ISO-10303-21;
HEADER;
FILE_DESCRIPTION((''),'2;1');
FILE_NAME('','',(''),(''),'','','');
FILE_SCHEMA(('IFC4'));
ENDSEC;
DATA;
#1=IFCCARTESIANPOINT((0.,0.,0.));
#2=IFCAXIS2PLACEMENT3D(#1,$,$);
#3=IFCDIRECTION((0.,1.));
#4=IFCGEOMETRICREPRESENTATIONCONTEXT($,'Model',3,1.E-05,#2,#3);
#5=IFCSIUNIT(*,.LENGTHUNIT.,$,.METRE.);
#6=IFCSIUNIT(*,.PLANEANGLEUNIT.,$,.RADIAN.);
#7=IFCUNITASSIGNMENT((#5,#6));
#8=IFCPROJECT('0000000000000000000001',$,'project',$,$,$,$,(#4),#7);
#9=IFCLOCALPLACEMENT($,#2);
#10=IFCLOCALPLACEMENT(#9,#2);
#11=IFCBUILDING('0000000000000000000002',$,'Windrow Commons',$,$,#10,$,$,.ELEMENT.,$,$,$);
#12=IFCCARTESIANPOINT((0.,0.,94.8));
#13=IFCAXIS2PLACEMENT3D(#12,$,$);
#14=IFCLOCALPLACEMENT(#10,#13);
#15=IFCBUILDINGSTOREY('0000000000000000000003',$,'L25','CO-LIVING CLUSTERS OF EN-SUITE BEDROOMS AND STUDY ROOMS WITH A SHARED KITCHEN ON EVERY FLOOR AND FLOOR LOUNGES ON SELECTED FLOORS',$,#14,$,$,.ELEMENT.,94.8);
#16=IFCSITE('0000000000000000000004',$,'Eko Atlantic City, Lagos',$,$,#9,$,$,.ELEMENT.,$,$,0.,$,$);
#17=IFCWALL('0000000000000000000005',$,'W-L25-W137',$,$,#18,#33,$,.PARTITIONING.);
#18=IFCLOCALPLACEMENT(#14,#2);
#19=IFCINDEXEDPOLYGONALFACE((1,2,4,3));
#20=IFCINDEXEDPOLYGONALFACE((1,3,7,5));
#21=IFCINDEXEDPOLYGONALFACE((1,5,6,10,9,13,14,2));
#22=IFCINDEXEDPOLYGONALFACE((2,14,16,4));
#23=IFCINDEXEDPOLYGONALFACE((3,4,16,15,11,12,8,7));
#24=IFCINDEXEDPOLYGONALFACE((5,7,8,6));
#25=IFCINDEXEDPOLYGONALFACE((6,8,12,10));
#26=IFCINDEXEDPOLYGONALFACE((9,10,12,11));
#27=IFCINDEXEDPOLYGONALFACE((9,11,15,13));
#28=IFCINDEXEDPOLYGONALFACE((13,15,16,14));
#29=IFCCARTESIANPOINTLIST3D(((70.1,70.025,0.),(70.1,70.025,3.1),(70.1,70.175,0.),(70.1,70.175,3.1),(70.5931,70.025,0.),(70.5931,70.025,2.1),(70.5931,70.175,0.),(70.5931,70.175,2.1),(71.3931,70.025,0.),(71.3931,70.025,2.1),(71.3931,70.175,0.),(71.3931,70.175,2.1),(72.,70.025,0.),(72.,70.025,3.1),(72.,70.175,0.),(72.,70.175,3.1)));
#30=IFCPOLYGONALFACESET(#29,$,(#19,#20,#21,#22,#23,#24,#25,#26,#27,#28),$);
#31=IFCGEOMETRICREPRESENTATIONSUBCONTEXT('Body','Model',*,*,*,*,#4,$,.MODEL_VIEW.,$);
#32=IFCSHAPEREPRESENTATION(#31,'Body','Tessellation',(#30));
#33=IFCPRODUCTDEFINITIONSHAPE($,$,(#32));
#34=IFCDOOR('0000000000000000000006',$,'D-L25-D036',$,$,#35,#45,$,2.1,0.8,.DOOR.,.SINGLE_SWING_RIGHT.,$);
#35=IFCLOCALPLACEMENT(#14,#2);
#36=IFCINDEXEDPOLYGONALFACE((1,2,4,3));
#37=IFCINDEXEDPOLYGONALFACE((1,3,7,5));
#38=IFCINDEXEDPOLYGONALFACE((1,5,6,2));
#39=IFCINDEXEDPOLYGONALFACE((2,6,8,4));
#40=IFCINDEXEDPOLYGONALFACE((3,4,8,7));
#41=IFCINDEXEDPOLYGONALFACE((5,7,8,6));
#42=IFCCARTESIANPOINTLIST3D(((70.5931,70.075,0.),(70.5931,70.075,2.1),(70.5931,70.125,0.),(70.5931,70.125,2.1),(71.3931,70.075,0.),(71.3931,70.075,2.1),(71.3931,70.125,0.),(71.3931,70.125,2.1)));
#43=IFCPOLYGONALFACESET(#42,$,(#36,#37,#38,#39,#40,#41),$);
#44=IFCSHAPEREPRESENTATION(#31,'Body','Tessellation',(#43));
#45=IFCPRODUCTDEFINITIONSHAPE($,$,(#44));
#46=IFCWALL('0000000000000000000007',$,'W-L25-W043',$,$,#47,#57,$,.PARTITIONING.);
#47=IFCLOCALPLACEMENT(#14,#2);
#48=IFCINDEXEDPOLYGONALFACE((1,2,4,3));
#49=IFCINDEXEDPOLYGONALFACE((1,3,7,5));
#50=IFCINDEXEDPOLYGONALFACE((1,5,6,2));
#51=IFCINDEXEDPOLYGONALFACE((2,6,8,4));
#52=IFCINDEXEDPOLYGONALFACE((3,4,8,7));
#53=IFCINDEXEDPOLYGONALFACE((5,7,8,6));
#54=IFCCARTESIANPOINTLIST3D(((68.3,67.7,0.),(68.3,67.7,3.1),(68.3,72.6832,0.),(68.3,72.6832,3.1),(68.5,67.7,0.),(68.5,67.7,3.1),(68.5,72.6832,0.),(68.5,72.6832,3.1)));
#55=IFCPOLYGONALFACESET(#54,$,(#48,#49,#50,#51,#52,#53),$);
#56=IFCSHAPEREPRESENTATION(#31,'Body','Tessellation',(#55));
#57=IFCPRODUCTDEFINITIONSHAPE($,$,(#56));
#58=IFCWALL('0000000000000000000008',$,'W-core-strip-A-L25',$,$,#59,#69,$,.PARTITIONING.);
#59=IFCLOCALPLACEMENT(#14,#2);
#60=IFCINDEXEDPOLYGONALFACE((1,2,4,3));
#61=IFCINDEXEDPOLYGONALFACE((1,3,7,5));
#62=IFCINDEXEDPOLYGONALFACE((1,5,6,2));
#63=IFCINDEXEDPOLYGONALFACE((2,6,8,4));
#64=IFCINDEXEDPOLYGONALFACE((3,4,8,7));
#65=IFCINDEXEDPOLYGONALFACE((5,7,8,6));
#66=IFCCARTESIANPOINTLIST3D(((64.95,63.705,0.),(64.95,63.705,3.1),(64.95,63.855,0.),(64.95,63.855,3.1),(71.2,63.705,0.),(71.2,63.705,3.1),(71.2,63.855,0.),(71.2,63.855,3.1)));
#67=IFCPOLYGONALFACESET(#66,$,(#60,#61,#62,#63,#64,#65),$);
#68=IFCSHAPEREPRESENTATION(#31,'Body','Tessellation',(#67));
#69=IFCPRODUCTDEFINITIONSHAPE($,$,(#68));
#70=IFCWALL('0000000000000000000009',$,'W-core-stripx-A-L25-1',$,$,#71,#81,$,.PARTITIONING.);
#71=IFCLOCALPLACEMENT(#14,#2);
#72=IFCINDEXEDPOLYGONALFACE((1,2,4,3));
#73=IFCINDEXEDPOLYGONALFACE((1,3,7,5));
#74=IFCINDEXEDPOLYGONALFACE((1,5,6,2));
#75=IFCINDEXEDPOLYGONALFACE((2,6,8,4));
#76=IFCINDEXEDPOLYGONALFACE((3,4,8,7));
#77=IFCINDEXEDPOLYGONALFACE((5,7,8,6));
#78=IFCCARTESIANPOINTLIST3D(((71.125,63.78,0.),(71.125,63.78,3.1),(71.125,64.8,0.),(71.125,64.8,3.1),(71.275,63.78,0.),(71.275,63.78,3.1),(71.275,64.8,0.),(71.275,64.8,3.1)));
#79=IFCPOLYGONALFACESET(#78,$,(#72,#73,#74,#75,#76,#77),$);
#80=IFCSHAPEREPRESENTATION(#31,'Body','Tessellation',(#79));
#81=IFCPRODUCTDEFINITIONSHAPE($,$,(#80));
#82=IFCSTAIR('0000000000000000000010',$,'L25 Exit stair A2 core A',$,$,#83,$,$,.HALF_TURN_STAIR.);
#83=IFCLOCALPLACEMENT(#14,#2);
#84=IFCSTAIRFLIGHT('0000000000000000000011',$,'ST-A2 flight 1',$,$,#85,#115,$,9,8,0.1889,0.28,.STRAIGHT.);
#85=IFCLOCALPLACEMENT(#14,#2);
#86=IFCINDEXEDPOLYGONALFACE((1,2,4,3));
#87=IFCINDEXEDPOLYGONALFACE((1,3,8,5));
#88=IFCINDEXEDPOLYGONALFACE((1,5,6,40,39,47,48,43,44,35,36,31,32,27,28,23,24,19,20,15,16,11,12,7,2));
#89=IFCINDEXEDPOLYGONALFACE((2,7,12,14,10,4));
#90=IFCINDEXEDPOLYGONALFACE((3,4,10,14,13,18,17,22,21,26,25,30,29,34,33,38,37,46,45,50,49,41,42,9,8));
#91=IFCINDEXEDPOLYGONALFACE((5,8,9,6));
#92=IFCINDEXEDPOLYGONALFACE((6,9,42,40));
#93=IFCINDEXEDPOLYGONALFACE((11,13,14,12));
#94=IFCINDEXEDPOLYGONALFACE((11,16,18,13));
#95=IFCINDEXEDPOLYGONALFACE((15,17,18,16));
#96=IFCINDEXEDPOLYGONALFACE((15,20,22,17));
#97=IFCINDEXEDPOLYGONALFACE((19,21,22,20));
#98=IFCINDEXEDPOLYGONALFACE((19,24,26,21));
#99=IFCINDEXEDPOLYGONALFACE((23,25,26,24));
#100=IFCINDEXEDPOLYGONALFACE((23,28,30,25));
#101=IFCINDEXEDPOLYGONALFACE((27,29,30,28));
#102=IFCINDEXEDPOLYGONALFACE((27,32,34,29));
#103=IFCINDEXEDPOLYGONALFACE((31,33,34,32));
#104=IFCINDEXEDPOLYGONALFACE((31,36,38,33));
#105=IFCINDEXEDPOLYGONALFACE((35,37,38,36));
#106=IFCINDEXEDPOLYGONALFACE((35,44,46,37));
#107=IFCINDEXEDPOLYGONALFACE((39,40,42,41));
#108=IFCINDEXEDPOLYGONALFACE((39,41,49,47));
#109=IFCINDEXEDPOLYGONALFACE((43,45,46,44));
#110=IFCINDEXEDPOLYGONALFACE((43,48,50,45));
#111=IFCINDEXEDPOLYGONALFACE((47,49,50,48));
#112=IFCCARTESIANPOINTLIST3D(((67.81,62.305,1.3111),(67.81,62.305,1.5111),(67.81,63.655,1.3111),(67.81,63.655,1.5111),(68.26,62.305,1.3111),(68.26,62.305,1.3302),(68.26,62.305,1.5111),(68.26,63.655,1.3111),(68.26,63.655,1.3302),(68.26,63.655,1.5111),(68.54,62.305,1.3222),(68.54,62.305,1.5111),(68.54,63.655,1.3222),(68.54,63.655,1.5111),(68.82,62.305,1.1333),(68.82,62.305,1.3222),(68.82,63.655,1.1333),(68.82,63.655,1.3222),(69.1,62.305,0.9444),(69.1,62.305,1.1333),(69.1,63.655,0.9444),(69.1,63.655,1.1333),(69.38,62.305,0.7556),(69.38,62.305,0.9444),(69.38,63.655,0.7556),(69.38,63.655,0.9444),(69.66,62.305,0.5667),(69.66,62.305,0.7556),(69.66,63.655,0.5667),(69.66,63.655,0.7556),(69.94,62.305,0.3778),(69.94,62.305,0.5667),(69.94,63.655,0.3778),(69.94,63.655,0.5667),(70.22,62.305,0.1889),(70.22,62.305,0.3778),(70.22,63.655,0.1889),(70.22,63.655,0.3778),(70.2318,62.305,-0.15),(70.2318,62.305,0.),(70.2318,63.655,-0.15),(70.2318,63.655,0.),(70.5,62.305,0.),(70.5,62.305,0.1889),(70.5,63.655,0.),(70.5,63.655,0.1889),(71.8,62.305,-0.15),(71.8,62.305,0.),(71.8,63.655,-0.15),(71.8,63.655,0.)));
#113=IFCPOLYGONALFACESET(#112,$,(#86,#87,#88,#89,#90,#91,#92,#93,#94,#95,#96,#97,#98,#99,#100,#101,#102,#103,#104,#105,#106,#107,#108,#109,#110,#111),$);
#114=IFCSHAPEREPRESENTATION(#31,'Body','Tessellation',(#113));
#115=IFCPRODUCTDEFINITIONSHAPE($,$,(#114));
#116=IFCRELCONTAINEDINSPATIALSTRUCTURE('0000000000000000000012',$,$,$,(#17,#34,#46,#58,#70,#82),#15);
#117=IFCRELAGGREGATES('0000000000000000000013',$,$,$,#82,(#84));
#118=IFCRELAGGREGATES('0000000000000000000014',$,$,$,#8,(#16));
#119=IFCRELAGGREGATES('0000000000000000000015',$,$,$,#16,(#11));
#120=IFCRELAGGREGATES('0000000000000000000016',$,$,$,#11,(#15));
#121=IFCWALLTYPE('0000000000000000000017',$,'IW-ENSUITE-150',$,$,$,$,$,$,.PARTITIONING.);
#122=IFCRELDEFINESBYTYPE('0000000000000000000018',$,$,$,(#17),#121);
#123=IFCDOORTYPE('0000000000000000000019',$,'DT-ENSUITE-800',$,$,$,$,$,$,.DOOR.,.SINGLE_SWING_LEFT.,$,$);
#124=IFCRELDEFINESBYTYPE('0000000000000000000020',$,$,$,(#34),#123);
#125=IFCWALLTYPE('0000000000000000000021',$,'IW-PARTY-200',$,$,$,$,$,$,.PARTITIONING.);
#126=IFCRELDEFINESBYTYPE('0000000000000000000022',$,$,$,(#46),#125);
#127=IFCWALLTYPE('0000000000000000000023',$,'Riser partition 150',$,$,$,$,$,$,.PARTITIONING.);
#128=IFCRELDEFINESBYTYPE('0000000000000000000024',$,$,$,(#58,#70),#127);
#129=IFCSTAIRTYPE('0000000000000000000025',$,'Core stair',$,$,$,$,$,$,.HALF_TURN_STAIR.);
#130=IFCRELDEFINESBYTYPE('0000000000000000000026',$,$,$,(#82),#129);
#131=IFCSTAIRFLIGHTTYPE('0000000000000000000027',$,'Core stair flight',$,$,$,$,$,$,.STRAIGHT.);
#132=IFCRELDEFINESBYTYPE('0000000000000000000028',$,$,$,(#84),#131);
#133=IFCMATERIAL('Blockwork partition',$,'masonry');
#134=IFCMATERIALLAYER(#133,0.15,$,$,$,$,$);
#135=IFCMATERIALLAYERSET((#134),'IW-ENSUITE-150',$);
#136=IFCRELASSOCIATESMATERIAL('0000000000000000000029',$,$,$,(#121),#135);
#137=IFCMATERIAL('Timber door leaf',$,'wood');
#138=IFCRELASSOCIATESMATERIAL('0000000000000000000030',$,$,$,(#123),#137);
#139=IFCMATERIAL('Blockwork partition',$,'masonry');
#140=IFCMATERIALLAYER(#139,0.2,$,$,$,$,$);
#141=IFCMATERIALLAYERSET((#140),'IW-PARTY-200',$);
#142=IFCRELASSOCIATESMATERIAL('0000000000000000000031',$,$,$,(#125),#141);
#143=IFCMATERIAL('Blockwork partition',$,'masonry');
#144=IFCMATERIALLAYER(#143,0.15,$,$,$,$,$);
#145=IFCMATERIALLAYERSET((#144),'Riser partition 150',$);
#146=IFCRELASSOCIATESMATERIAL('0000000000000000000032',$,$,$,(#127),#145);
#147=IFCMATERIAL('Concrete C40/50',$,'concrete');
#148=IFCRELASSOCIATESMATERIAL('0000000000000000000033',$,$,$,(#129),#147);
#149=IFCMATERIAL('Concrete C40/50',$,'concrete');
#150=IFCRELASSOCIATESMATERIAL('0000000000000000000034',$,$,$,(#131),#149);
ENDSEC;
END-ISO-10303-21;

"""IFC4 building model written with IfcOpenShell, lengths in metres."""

from ifc_helpers import new_model, si_unit, direction, frame, frame_2d, origin, place, context, subcontext, project, spatial, polyline, rectangle, outline, extrude, material, layer, layer_set, type_object, element, fill, aggregate, save


model = new_model("IFC4")

# Units and contexts
model_context = context("Model", 3, precision=1e-05, world=origin(), true_north=direction((0.0, 1.0)))
body_context = subcontext(model_context, "Body", "Model", "MODEL_VIEW")
ifc_project = project(units=[si_unit("LENGTHUNIT", "METRE"), si_unit("PLANEANGLEUNIT", "RADIAN")], contexts=[model_context])

# Site, building, storey
site_placement = place(None, origin())
site = spatial("IfcSite", under=ifc_project, at=site_placement, Name="Eko Atlantic City, Lagos", CompositionType="ELEMENT", RefElevation=0.0)
building_placement = place(site_placement, origin())
building = spatial("IfcBuilding", under=site, at=building_placement, Name="Windrow Commons", CompositionType="ELEMENT")
storey_placement = place(building_placement, frame((0.0, 0.0, 94.8)))
storey = spatial("IfcBuildingStorey", under=building, at=storey_placement, Name="L25", Description="CO-LIVING CLUSTERS OF EN-SUITE BEDROOMS AND STUDY ROOMS WITH A SHARED KITCHEN ON EVERY FLOOR AND FLOOR LOUNGES ON SELECTED FLOORS", CompositionType="ELEMENT", Elevation=94.8)

# Shared definitions
ifc_material_1 = material(Name="Blockwork partition", Category="masonry")
ifc_layer_1 = layer(ifc_material_1, 0.15)
ifc_layer_set_1 = layer_set([ifc_layer_1], Name="IW-ENSUITE-150")
wall_type_1 = type_object("IfcWallType", Name="IW-ENSUITE-150", PredefinedType="PARTITIONING", material=ifc_layer_set_1)

# Wall, opening, door
wall_1_placement = place(storey_placement, frame((70.1, 70.1, 0.0), z_axis=(0.0, 0.0, 1.0), x_axis=(1.0, 0.0, 0.0)))
wall_1 = element("IfcWall", 1, at=wall_1_placement, inside=storey, type_object=wall_type_1, Name="W-L25-W137", PredefinedType="PARTITIONING", context=body_context, shape_type="SweptSolid", body=[
    extrude(rectangle(XDim=1.9, YDim=0.15, at=frame_2d((0.95, 0.0))), origin(), (0.0, 0.0, 1.0), 3.1),
])
opening_1_placement = place(wall_1_placement, frame((0.4931, 0.0, 0.0)))
opening_1 = element("IfcOpeningElement", 2, at=opening_1_placement, cuts=wall_1, PredefinedType="OPENING", context=body_context, shape_type="SweptSolid", body=[
    extrude(rectangle(XDim=0.8, YDim=2.1, at=frame_2d((0.4, 1.05))), frame((0.0, 0.085, 0.0), z_axis=(0.0, -1.0, 0.0), x_axis=(1.0, 0.0, 0.0)), (0.0, 0.0, 1.0), 0.17),
])
ifc_material_2 = material(Name="Timber door leaf", Category="wood")
door_type = type_object("IfcDoorType", Name="DT-ENSUITE-800", OperationType="SINGLE_SWING_LEFT", PredefinedType="DOOR", material=ifc_material_2)
door_placement = place(opening_1_placement, origin())
door = element("IfcDoor", 3, at=door_placement, inside=storey, type_object=door_type, Name="D-L25-D036", OperationType="SINGLE_SWING_RIGHT", OverallHeight=2.1, OverallWidth=0.8, PredefinedType="DOOR", context=body_context, shape_type="SweptSolid", body=[
    extrude(rectangle(XDim=0.8, YDim=2.1, at=frame_2d((0.4, 1.05))), frame((0.0, 0.025, 0.0), z_axis=(0.0, -1.0, 0.0), x_axis=(1.0, 0.0, 0.0)), (0.0, 0.0, 1.0), 0.05),
])
fill(opening_1, door)

# Walls
ifc_material_3 = material(Name="Blockwork partition", Category="masonry")
ifc_layer_2 = layer(ifc_material_3, 0.2)
ifc_layer_set_2 = layer_set([ifc_layer_2], Name="IW-PARTY-200")
wall_type_2 = type_object("IfcWallType", Name="IW-PARTY-200", PredefinedType="PARTITIONING", material=ifc_layer_set_2)
wall_2_placement = place(storey_placement, frame((68.4, 67.7, 0.0), z_axis=(0.0, 0.0, 1.0), x_axis=(0.0, 1.0, 0.0)))
element("IfcWall", 4, at=wall_2_placement, inside=storey, type_object=wall_type_2, Name="W-L25-W043", PredefinedType="PARTITIONING", context=body_context, shape_type="SweptSolid", body=[
    extrude(rectangle(XDim=4.9833, YDim=0.2, at=frame_2d((2.4916, 0.0))), origin(), (0.0, 0.0, 1.0), 3.1),
])
ifc_material_4 = material(Name="Blockwork partition", Category="masonry")
ifc_layer_3 = layer(ifc_material_4, 0.15)
ifc_layer_set_3 = layer_set([ifc_layer_3], Name="Riser partition 150")
wall_type_3 = type_object("IfcWallType", Name="Riser partition 150", PredefinedType="PARTITIONING", material=ifc_layer_set_3)
wall_3_placement = place(storey_placement, frame((64.95, 63.78, 0.0), z_axis=(0.0, 0.0, 1.0), x_axis=(1.0, 0.0, 0.0)))
element("IfcWall", 5, at=wall_3_placement, inside=storey, type_object=wall_type_3, Name="W-core-strip-A-L25", PredefinedType="PARTITIONING", context=body_context, shape_type="SweptSolid", body=[
    extrude(rectangle(XDim=6.25, YDim=0.15, at=frame_2d((3.125, 0.0))), origin(), (0.0, 0.0, 1.0), 3.1),
])
wall_4_placement = place(storey_placement, frame((71.2, 63.78, 0.0), z_axis=(0.0, 0.0, 1.0), x_axis=(0.0, 1.0, 0.0)))
element("IfcWall", 6, at=wall_4_placement, inside=storey, type_object=wall_type_3, Name="W-core-stripx-A-L25-1", PredefinedType="PARTITIONING", context=body_context, shape_type="SweptSolid", body=[
    extrude(rectangle(XDim=1.02, YDim=0.15, at=frame_2d((0.51, 0.0))), origin(), (0.0, 0.0, 1.0), 3.1),
])

# Stair, stair flight
ifc_material_5 = material(Name="Concrete C40/50", Category="concrete")
stair_type = type_object("IfcStairType", Name="Core stair", PredefinedType="HALF_TURN_STAIR", material=ifc_material_5)
stair_placement = place(storey_placement, origin())
stair = element("IfcStair", 7, at=stair_placement, inside=storey, type_object=stair_type, Name="L25 Exit stair A2 core A", PredefinedType="HALF_TURN_STAIR")
ifc_material_6 = material(Name="Concrete C40/50", Category="concrete")
stair_flight_type = type_object("IfcStairFlightType", Name="Core stair flight", PredefinedType="STRAIGHT", material=ifc_material_6)
stair_flight_placement = place(storey_placement, frame((70.5, 62.98, 0.0), z_axis=(0.0, 0.0, 1.0), x_axis=(-1.0, 0.0, 0.0)))
stair_flight = element("IfcStairFlight", 8, at=stair_flight_placement, type_object=stair_flight_type, Name="ST-A2 flight 1", NumberOfRisers=9, NumberOfTreads=8, PredefinedType="STRAIGHT", RiserHeight=0.1889, TreadLength=0.28, context=body_context, shape_type="SweptSolid", body=[
    extrude(outline(polyline([(-1.3, -0.15), (-1.3, 0.0), (0.0, 0.0), (0.0, 0.1889), (0.28, 0.1889), (0.28, 0.3778), (0.56, 0.3778), (0.56, 0.5667), (0.84, 0.5667), (0.84, 0.7556), (1.12, 0.7556), (1.12, 0.9444), (1.4, 0.9444), (1.4, 1.1333), (1.68, 1.1333), (1.68, 1.3222), (1.96, 1.3222), (1.96, 1.5111), (2.24, 1.5111), (2.69, 1.5111), (2.69, 1.3111), (2.24, 1.3111), (2.24, 1.3302), (0.2682, 0.0), (0.2682, -0.15), (-1.3, -0.15)])), frame((0.0, 0.675, 0.0), z_axis=(0.0, -1.0, 0.0), x_axis=(1.0, 0.0, 0.0)), (0.0, 0.0, 1.0), 1.35),
])
aggregate(stair, [stair_flight])

save(model, "model.ifc")
